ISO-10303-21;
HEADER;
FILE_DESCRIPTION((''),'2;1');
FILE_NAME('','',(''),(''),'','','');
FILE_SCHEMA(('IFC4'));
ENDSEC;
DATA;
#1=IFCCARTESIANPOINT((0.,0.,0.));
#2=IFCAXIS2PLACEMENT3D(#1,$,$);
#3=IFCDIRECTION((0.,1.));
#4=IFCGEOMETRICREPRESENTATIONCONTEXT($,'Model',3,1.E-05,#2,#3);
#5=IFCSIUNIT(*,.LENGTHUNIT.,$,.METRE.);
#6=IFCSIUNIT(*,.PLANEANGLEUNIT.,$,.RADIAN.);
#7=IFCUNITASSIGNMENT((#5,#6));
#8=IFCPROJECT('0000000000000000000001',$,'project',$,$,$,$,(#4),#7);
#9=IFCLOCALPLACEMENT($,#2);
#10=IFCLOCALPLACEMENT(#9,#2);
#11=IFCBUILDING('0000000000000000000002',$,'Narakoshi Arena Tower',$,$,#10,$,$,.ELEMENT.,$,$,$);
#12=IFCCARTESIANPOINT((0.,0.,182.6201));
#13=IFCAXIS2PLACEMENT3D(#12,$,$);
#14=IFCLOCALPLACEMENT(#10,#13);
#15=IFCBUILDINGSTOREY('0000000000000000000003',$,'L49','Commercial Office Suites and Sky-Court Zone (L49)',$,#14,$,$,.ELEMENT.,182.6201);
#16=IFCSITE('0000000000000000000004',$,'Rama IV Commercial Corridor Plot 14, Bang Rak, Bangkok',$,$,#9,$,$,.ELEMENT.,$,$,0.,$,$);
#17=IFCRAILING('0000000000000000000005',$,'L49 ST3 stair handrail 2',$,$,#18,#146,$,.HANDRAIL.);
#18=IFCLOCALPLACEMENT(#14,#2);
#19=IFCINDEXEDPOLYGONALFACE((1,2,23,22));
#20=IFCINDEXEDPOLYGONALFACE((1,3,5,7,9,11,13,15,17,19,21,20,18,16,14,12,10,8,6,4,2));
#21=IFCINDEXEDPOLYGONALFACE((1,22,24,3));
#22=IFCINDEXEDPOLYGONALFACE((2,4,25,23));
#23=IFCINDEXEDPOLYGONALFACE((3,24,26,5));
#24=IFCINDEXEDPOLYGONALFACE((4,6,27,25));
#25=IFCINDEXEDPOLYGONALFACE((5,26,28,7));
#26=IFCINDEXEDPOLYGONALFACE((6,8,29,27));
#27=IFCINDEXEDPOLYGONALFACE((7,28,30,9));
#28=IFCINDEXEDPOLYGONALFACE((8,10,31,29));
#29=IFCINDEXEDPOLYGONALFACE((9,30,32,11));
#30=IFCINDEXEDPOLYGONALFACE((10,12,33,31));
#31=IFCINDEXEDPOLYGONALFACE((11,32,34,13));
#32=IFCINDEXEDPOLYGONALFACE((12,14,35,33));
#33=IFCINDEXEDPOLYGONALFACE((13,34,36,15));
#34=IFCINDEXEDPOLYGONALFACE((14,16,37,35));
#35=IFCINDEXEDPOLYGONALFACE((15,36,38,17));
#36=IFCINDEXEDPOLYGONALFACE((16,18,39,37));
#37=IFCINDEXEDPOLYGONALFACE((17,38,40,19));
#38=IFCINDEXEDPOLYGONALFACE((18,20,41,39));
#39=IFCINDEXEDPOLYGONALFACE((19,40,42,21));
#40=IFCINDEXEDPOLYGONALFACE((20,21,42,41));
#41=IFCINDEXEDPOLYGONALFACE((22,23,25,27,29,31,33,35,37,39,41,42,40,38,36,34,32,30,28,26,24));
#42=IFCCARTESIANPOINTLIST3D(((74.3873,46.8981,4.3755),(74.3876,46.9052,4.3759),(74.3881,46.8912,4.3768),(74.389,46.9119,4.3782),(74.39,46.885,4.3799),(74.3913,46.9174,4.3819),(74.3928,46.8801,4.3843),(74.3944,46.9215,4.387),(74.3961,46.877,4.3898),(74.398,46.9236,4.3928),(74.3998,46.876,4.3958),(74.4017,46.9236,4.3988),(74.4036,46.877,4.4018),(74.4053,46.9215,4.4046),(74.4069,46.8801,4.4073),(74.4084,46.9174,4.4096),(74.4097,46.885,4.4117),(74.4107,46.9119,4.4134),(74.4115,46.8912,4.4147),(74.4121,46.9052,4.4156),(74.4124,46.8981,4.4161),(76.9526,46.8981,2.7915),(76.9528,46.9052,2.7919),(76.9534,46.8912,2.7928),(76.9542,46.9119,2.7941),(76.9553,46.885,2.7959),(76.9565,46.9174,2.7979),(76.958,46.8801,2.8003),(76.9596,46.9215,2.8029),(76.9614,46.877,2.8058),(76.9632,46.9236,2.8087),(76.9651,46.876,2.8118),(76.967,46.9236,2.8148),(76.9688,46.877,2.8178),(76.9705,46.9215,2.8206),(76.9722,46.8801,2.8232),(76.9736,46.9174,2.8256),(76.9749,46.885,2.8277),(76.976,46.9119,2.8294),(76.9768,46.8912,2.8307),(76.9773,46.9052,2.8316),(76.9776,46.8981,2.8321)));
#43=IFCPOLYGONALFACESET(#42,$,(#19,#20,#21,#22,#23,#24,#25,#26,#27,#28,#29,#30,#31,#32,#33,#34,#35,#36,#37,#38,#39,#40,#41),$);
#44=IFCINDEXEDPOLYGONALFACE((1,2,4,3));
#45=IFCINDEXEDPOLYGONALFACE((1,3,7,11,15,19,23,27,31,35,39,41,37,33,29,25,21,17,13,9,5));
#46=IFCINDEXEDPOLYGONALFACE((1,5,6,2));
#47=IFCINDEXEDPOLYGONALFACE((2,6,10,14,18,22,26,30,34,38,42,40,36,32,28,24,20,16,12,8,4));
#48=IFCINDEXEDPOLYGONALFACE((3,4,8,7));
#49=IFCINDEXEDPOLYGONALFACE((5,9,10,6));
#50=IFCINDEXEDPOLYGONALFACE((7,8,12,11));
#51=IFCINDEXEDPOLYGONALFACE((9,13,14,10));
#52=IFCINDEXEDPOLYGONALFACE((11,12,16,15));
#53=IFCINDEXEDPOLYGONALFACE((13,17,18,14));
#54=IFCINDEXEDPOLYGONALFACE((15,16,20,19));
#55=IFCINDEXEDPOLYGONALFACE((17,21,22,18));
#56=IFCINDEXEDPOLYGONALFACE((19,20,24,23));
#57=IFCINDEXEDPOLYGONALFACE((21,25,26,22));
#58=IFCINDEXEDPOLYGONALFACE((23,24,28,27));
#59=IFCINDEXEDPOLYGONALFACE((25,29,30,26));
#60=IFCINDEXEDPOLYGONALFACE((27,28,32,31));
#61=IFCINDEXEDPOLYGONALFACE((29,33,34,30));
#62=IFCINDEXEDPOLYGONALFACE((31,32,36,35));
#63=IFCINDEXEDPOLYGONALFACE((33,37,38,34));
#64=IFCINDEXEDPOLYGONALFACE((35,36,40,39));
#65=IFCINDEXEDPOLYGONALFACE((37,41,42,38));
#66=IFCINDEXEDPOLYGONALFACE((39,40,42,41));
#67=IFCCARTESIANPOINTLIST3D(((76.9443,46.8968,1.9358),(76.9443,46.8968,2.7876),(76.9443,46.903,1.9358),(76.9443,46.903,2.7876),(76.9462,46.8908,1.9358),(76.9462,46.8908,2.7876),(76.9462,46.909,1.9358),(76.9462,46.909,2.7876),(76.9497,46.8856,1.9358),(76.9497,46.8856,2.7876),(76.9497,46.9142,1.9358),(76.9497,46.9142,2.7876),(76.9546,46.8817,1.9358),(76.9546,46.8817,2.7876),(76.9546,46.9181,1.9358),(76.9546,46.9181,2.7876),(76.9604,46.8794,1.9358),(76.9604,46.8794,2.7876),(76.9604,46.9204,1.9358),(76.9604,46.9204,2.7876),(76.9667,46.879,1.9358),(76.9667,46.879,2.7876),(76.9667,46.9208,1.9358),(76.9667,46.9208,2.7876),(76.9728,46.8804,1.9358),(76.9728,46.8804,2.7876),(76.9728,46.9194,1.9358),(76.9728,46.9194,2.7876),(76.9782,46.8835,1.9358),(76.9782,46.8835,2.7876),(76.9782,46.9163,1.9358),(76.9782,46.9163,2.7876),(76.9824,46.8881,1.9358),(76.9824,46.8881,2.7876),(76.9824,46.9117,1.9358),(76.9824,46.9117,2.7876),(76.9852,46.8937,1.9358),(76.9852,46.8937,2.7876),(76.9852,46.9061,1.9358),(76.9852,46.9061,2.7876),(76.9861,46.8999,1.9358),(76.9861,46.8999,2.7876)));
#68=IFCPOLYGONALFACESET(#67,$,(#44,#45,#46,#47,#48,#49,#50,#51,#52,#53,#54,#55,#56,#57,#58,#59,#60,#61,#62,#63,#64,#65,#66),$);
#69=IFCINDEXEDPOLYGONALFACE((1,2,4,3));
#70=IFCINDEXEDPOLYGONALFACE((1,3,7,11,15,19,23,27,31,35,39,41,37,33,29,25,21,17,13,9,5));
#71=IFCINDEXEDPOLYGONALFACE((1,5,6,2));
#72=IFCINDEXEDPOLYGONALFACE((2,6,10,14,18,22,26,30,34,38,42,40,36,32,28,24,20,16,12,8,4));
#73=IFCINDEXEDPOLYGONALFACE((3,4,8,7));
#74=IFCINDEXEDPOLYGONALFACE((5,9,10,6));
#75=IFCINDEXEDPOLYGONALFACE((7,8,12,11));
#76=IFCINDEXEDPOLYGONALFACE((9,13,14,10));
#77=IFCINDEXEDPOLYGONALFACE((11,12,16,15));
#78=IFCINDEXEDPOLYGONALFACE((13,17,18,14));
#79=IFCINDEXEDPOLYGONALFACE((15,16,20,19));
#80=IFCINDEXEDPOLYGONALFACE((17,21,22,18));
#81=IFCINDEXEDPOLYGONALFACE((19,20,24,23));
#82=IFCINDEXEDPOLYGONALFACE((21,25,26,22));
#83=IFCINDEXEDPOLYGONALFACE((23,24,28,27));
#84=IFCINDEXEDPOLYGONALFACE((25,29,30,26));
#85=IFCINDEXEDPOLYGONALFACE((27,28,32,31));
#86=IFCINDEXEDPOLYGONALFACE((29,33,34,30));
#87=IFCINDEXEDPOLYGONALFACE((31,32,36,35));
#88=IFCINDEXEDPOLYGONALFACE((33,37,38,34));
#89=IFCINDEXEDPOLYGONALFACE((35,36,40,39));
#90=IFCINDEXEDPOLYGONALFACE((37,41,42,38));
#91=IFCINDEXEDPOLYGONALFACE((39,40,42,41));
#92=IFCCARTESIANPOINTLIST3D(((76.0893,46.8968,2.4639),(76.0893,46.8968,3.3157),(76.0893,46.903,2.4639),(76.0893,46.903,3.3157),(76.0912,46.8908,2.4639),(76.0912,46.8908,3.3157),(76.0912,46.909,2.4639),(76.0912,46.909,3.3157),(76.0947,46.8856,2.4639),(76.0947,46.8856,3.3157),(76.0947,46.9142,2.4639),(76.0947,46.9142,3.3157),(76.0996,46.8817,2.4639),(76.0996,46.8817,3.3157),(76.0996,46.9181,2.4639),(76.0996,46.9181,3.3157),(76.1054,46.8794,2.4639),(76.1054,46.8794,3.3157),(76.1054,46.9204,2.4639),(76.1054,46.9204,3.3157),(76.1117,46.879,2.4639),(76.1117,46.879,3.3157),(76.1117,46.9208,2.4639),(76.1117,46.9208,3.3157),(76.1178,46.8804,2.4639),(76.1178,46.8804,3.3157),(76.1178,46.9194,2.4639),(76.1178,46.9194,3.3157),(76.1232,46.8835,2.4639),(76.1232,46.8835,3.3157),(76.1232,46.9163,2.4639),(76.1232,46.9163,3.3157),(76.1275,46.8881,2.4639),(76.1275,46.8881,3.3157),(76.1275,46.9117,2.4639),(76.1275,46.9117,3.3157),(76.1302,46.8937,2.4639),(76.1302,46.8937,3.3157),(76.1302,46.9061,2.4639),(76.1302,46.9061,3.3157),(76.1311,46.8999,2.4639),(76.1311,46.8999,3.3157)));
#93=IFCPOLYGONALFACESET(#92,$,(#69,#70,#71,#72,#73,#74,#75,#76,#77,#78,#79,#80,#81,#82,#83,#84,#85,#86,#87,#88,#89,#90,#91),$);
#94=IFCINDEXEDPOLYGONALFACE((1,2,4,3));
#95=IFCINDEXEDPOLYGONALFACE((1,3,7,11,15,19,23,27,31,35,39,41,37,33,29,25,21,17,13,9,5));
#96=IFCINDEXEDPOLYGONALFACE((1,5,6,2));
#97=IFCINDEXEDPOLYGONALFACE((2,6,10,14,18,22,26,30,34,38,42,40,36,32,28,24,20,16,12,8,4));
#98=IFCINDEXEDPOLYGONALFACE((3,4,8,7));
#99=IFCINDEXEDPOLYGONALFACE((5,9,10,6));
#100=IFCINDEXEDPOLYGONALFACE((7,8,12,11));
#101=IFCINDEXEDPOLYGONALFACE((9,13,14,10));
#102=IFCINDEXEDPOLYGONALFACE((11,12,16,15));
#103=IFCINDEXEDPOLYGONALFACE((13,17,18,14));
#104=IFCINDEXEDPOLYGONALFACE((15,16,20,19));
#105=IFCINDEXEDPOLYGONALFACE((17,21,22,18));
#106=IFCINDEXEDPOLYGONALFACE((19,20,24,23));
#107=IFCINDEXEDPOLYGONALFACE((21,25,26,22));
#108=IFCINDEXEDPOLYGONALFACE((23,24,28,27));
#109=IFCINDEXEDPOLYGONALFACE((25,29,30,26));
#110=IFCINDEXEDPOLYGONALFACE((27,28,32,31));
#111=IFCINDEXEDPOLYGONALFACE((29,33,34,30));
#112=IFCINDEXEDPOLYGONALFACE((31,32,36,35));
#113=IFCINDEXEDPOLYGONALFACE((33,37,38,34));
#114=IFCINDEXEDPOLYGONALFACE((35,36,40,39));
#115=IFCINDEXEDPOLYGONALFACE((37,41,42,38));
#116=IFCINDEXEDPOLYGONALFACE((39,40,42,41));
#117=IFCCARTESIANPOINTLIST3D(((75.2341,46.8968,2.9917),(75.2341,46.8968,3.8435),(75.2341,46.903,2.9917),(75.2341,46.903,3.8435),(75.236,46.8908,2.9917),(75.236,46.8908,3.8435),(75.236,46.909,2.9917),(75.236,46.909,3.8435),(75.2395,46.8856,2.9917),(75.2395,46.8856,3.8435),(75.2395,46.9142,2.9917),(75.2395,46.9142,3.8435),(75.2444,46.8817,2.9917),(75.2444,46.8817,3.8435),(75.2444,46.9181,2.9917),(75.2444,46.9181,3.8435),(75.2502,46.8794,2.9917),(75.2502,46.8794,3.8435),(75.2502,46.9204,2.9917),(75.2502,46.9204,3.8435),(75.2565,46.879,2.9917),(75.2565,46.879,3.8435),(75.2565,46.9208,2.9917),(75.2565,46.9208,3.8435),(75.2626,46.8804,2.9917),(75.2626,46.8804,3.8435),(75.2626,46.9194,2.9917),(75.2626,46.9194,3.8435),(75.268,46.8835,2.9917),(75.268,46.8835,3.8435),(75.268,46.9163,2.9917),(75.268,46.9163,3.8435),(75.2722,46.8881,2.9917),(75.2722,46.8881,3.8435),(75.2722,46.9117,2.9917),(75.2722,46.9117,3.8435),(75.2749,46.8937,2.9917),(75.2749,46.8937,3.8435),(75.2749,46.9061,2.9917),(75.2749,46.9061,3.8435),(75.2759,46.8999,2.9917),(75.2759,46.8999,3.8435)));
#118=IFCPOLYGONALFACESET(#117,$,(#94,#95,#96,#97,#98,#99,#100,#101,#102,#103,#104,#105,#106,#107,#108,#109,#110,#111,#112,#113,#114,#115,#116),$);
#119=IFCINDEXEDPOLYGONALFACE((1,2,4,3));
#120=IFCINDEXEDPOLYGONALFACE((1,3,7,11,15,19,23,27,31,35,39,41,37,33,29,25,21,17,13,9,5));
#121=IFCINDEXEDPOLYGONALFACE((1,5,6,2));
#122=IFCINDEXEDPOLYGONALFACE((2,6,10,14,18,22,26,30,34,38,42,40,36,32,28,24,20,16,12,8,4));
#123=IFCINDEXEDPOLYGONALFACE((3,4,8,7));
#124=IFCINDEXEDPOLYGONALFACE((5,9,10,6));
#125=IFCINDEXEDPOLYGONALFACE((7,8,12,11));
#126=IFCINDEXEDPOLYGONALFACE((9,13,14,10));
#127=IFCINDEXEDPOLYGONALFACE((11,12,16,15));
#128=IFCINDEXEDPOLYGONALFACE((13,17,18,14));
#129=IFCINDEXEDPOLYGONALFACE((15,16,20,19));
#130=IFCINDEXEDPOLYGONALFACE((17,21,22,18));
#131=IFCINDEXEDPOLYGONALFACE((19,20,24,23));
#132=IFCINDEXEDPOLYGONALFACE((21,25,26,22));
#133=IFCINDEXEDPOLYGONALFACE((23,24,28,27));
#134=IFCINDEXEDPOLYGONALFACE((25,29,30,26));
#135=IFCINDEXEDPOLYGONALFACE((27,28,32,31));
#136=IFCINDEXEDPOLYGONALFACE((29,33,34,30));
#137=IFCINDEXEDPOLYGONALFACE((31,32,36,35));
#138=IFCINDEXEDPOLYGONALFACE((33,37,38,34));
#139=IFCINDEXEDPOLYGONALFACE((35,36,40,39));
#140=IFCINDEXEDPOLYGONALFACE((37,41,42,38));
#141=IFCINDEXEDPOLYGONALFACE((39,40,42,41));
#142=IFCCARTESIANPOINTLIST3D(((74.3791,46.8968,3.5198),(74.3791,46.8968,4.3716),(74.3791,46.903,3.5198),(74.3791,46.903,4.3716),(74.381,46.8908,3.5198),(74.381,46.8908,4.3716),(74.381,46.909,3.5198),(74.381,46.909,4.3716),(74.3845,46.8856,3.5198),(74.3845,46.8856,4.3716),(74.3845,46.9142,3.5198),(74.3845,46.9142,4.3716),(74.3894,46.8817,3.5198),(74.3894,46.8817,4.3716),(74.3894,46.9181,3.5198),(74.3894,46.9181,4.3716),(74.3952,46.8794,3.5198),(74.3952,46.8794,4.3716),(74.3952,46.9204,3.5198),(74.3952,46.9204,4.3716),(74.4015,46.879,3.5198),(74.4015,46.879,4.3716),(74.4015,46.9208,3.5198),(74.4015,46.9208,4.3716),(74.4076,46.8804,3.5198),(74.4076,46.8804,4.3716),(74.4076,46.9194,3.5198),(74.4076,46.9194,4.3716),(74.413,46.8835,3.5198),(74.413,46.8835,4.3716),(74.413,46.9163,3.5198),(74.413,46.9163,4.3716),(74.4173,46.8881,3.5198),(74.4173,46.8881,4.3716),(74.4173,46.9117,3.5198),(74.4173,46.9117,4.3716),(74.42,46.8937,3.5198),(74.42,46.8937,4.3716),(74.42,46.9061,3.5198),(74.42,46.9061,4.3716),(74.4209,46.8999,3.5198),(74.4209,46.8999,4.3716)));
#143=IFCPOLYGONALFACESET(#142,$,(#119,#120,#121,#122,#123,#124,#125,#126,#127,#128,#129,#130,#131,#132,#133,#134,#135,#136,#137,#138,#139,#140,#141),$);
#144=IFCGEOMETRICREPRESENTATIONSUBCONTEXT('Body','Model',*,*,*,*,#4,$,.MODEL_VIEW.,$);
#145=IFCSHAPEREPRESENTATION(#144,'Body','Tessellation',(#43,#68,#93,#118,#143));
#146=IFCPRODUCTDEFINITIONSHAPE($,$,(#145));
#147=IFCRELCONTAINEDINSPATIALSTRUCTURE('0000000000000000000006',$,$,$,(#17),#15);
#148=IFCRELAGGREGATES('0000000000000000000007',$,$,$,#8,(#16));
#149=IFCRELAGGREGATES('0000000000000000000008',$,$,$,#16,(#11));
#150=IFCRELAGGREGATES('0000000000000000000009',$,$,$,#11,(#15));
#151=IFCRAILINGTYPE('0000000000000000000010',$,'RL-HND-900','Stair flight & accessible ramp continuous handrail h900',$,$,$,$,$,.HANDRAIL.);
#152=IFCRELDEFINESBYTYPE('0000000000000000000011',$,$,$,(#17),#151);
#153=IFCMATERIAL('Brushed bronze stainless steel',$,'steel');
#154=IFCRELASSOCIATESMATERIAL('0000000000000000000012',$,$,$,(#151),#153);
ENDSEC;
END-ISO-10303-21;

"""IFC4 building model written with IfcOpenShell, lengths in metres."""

from ifc_helpers import new_model, si_unit, direction, frame, origin, origin_2d, place, context, subcontext, project, spatial, circle, extrude, material, type_object, element, save


model = new_model("IFC4")

# Units and contexts
model_context = context("Model", 3, precision=1e-05, world=origin(), true_north=direction((0.0, 1.0)))
body_context = subcontext(model_context, "Body", "Model", "MODEL_VIEW")
ifc_project = project(units=[si_unit("LENGTHUNIT", "METRE"), si_unit("PLANEANGLEUNIT", "RADIAN")], contexts=[model_context])

# Site, building, storey
site_placement = place(None, origin())
site = spatial("IfcSite", under=ifc_project, at=site_placement, Name="Rama IV Commercial Corridor Plot 14, Bang Rak, Bangkok", CompositionType="ELEMENT", RefElevation=0.0)
building_placement = place(site_placement, origin())
building = spatial("IfcBuilding", under=site, at=building_placement, Name="Narakoshi Arena Tower", CompositionType="ELEMENT")
storey_placement = place(building_placement, frame((0.0, 0.0, 182.6201)))
storey = spatial("IfcBuildingStorey", under=building, at=storey_placement, Name="L49", Description="Commercial Office Suites and Sky-Court Zone (L49)", CompositionType="ELEMENT", Elevation=182.6201)

# Shared definitions
ifc_material_1 = material(Name="Brushed bronze stainless steel", Category="steel")

# Railing
railing_type_1 = type_object("IfcRailingType", Name="RL-HND-900", Description="Stair flight & accessible ramp continuous handrail h900", PredefinedType="HANDRAIL", material=ifc_material_1)
railing_1_placement = place(storey_placement, frame((76.9651, 46.8999, 1.9358)))
element("IfcRailing", 1, at=railing_1_placement, inside=storey, type_object=railing_type_1, Name="L49 ST3 stair handrail 2", PredefinedType="HANDRAIL", context=body_context, shape_type="SweptSolid", body=[
    extrude(circle(Radius=0.0239, at=origin_2d()), frame((0.0, 0.0, 0.876), z_axis=(-0.850857, 0.0, 0.525398), x_axis=(0.0, -1.0, 0.0)), (0.0, 0.0, 1.0), 3.0149),
    extrude(circle(Radius=0.021, at=origin_2d()), origin(), (0.0, 0.0, 1.0), 0.8518),
    extrude(circle(Radius=0.021, at=origin_2d()), frame((-0.855, 0.0, 0.5281)), (0.0, 0.0, 1.0), 0.8518),
    extrude(circle(Radius=0.021, at=origin_2d()), frame((-1.7102, 0.0, 1.0559)), (0.0, 0.0, 1.0), 0.8518),
    extrude(circle(Radius=0.021, at=origin_2d()), frame((-2.5652, 0.0, 1.584)), (0.0, 0.0, 1.0), 0.8518),
])

save(model, "model.ifc")
